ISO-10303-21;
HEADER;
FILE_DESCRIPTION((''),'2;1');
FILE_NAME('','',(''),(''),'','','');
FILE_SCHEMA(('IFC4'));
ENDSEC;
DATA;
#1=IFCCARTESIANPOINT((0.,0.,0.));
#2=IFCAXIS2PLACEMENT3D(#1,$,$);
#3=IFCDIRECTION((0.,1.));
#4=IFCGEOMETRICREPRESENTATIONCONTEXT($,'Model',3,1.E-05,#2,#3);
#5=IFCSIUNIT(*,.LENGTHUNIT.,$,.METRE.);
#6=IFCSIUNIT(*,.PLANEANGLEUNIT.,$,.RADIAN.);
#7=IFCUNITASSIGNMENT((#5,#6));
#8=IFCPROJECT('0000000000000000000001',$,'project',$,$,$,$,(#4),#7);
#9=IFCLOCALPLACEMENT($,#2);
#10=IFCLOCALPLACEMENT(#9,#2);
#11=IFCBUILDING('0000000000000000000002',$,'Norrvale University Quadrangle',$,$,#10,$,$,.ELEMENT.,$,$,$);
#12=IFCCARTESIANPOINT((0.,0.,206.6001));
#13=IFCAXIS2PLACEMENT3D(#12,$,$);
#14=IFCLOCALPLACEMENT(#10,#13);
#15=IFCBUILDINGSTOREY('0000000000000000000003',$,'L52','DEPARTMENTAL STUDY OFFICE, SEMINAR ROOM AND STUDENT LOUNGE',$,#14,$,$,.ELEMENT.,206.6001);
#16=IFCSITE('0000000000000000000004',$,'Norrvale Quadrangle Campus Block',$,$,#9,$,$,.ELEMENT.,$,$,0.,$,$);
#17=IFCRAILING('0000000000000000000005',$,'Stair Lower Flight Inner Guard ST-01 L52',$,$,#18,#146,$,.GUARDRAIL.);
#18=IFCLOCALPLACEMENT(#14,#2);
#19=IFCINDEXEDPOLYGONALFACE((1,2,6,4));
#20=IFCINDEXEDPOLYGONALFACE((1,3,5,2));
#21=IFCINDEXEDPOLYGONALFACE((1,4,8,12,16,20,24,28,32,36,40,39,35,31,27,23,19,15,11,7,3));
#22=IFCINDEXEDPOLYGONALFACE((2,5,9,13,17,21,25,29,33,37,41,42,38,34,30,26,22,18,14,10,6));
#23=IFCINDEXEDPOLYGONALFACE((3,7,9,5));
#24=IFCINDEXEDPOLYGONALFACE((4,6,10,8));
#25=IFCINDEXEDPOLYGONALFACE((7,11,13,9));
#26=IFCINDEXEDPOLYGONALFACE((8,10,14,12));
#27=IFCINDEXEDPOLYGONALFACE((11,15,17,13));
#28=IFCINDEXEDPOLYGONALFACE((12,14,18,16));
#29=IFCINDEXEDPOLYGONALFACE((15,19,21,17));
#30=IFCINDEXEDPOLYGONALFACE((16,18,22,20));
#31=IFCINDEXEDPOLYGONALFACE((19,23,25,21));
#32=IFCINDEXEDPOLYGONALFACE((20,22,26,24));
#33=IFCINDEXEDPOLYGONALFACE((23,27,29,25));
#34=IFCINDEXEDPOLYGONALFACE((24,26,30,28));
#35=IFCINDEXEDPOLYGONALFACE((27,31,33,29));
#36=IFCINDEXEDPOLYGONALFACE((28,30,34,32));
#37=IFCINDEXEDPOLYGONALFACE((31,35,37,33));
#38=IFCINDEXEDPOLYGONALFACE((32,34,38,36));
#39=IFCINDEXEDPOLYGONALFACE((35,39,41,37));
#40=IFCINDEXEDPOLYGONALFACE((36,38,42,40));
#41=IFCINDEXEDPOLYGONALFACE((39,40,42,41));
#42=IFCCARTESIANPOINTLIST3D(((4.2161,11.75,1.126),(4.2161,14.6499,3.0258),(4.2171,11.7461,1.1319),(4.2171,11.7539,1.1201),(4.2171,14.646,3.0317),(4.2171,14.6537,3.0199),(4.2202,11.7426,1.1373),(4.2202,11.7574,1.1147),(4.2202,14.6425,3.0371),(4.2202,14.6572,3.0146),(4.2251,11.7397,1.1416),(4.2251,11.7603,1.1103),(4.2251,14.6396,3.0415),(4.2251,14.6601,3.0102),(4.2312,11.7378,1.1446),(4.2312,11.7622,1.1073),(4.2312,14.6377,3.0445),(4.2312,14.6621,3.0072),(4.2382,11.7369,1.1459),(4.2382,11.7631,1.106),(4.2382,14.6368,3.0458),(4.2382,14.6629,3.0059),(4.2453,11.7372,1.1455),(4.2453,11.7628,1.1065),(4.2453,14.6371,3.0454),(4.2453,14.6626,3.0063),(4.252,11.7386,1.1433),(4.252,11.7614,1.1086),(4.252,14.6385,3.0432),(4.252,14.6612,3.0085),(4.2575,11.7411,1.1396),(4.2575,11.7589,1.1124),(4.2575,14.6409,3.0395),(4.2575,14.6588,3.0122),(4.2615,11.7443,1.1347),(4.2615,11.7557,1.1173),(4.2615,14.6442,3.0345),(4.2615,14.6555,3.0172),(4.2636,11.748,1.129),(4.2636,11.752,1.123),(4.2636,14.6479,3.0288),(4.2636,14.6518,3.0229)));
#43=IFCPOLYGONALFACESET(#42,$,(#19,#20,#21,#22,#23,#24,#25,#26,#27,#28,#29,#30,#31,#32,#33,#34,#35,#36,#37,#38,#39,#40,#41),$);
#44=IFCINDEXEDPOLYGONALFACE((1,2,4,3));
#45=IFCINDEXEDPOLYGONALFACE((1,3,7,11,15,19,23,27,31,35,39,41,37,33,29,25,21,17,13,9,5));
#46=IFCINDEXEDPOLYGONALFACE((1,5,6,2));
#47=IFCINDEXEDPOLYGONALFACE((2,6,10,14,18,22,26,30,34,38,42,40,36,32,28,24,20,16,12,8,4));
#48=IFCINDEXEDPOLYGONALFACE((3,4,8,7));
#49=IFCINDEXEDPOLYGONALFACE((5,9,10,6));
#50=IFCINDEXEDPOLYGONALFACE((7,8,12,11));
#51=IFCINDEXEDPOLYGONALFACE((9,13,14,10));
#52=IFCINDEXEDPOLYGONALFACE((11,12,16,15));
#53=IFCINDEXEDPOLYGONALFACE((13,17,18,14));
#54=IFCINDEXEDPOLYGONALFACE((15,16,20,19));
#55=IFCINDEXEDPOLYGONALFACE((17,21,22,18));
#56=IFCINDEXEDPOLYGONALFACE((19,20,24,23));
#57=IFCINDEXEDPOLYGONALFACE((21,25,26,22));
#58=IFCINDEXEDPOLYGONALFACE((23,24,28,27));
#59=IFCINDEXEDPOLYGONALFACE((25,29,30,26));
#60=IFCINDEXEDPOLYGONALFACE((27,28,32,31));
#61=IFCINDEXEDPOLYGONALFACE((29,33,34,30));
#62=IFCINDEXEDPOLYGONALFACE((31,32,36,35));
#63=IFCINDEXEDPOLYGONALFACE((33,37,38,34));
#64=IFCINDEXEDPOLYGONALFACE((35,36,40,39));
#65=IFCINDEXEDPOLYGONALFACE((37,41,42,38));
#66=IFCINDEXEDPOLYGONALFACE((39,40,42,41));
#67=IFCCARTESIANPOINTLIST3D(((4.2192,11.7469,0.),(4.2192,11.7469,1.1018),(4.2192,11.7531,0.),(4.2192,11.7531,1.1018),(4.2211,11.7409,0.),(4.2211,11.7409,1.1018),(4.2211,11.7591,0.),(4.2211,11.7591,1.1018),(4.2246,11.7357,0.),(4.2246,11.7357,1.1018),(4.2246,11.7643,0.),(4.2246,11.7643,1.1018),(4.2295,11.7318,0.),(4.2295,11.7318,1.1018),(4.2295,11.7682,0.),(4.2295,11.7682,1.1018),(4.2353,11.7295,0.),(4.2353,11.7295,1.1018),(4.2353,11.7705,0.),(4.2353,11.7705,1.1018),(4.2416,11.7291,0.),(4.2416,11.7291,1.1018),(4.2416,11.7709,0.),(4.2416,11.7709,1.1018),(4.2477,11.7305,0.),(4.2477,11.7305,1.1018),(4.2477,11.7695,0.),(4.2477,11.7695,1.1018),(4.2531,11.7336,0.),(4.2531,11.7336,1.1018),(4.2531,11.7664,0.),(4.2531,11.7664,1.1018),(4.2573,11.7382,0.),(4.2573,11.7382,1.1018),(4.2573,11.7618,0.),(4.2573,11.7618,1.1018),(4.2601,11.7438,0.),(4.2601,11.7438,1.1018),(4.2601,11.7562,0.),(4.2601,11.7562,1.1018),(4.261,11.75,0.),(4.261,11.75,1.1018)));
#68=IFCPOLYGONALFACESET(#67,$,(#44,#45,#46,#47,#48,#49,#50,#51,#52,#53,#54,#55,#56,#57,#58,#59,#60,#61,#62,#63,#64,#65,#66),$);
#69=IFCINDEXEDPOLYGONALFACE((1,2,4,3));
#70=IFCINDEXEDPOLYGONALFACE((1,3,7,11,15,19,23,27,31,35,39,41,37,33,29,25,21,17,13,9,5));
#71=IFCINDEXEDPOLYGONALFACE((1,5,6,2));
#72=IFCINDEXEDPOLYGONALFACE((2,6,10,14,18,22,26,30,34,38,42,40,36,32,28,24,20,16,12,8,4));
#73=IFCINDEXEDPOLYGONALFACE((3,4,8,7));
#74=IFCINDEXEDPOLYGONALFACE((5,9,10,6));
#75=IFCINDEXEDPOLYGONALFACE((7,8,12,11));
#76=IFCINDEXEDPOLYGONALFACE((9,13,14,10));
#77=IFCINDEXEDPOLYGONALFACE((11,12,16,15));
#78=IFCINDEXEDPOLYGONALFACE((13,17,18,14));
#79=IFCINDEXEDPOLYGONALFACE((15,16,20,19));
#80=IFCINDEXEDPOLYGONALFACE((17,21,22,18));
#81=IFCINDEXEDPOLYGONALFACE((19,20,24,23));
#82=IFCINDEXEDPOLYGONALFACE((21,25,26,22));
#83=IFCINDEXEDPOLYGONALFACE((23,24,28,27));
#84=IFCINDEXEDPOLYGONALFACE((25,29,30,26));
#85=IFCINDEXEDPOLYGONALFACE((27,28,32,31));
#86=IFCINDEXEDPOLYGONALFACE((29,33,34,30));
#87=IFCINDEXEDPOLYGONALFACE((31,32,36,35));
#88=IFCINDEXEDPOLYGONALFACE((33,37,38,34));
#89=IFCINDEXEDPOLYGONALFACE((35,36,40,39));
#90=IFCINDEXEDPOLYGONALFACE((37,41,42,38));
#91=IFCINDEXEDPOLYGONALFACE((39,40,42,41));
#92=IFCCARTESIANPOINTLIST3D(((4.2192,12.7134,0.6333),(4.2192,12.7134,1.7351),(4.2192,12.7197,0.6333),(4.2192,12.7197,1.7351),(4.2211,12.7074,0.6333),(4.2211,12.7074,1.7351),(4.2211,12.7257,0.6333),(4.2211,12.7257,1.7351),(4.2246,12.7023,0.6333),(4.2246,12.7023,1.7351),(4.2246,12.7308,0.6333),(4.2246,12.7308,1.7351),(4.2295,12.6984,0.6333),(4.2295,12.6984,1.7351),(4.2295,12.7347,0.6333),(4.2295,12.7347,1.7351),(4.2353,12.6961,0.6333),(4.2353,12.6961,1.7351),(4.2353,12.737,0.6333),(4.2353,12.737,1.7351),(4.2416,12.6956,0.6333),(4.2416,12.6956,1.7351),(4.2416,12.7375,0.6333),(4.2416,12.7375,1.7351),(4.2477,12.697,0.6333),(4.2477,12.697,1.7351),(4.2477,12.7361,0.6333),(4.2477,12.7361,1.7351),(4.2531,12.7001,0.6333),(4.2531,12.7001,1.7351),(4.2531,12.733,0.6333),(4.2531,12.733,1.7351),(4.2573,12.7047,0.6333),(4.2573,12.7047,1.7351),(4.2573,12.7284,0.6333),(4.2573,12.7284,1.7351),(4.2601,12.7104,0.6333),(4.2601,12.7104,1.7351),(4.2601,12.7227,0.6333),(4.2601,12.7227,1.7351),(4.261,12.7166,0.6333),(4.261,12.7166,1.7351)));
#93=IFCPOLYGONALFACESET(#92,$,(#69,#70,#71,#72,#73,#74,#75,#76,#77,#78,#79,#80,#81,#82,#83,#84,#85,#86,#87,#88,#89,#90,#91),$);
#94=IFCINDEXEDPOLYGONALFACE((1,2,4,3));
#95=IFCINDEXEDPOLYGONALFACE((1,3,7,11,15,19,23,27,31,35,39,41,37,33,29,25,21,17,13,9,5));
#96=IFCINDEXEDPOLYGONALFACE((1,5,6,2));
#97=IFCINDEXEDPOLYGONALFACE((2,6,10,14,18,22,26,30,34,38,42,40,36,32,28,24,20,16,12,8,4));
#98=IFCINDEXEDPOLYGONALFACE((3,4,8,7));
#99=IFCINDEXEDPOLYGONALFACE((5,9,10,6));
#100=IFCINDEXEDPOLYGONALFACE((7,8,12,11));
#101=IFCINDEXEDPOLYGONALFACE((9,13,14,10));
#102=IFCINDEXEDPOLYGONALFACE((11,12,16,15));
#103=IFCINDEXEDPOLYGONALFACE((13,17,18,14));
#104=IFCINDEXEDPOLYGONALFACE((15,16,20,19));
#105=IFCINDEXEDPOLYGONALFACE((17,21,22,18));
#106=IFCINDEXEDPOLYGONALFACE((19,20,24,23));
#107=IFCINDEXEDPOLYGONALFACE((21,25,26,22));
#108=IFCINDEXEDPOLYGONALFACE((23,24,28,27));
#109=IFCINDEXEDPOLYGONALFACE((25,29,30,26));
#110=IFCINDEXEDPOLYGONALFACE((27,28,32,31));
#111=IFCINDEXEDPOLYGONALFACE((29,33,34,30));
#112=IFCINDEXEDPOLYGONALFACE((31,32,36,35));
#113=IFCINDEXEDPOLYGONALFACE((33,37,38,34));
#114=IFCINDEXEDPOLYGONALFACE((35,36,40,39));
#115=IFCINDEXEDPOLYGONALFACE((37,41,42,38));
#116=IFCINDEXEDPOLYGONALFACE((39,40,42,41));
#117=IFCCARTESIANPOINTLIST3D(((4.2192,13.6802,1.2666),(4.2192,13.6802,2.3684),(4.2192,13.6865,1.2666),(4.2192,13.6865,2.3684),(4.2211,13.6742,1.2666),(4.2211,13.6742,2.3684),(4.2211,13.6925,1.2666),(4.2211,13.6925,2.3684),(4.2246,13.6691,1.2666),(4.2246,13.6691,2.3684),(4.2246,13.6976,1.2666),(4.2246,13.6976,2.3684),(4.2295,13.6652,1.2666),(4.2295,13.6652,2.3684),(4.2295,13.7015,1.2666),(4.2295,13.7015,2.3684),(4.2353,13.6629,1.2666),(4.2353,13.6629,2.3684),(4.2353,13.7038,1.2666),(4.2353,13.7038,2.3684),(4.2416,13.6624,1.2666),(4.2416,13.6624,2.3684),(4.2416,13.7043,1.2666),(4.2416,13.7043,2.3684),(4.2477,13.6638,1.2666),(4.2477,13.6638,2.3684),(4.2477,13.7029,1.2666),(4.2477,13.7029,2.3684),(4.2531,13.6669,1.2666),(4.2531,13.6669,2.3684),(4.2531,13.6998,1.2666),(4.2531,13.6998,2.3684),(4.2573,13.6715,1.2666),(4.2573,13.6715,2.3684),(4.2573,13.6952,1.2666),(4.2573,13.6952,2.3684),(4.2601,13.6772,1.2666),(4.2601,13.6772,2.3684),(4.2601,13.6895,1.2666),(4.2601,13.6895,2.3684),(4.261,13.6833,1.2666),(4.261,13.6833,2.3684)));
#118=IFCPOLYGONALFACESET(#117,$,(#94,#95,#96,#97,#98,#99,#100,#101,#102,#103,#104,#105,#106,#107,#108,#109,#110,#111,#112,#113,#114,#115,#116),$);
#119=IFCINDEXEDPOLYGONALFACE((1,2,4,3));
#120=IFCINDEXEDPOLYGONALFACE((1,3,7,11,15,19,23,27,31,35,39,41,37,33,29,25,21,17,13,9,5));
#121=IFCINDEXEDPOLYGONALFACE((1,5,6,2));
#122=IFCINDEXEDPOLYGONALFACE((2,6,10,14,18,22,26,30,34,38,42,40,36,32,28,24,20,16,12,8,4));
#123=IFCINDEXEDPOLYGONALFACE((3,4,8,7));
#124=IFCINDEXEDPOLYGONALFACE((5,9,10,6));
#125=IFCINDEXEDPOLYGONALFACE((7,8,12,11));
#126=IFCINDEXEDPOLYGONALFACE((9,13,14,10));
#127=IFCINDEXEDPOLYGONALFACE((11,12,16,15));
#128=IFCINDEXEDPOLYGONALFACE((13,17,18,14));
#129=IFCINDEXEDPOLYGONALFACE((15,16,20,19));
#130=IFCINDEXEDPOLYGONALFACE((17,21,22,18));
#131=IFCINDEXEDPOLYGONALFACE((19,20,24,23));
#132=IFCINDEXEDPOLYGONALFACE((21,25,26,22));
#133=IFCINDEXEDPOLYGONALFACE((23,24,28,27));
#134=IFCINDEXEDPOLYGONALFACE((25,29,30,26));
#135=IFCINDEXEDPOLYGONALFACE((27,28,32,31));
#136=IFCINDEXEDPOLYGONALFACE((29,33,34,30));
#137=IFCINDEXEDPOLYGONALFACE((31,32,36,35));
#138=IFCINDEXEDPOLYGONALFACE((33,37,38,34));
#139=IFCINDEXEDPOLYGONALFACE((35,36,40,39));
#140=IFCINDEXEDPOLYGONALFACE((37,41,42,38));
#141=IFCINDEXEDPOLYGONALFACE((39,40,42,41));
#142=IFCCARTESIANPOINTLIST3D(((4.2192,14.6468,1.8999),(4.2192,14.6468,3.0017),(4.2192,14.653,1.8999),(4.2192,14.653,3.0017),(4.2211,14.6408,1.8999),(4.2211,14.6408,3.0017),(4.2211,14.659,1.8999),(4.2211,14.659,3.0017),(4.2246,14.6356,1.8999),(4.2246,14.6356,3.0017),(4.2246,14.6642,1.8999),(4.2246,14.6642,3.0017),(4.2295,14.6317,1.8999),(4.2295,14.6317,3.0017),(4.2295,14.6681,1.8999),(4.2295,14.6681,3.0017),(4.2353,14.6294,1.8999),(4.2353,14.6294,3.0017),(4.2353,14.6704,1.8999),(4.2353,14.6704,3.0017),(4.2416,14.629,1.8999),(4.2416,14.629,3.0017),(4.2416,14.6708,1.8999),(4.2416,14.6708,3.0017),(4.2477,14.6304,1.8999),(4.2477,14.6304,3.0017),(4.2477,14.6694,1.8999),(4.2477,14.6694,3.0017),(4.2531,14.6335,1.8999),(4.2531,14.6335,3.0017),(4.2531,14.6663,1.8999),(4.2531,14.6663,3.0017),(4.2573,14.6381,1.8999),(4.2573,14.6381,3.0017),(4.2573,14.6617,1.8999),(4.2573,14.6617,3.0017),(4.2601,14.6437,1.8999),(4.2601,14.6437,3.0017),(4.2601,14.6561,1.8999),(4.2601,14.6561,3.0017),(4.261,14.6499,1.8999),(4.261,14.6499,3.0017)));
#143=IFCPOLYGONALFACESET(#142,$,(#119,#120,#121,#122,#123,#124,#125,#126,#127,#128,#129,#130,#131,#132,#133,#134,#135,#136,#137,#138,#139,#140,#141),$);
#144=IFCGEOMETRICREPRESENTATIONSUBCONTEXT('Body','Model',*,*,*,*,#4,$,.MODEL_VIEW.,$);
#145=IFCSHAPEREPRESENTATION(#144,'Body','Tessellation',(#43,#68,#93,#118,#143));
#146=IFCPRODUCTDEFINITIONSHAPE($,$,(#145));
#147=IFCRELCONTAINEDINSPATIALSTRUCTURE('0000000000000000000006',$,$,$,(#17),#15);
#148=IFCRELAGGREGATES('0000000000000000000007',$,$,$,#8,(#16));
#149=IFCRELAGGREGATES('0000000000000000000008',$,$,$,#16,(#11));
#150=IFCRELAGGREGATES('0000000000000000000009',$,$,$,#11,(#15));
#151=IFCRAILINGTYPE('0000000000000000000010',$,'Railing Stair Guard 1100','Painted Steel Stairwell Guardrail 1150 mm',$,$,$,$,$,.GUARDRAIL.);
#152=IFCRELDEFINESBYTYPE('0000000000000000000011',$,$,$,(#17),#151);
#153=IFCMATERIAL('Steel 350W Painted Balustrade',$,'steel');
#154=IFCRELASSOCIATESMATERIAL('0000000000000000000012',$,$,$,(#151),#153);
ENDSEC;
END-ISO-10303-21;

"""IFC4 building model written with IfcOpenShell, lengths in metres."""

from ifc_helpers import new_model, si_unit, direction, frame, origin, origin_2d, place, context, subcontext, project, spatial, circle, extrude, material, type_object, element, save


model = new_model("IFC4")

# Units and contexts
model_context = context("Model", 3, precision=1e-05, world=origin(), true_north=direction((0.0, 1.0)))
body_context = subcontext(model_context, "Body", "Model", "MODEL_VIEW")
ifc_project = project(units=[si_unit("LENGTHUNIT", "METRE"), si_unit("PLANEANGLEUNIT", "RADIAN")], contexts=[model_context])

# Site, building, storey
site_placement = place(None, origin())
site = spatial("IfcSite", under=ifc_project, at=site_placement, Name="Norrvale Quadrangle Campus Block", CompositionType="ELEMENT", RefElevation=0.0)
building_placement = place(site_placement, origin())
building = spatial("IfcBuilding", under=site, at=building_placement, Name="Norrvale University Quadrangle", CompositionType="ELEMENT")
storey_placement = place(building_placement, frame((0.0, 0.0, 206.6001)))
storey = spatial("IfcBuildingStorey", under=building, at=storey_placement, Name="L52", Description="DEPARTMENTAL STUDY OFFICE, SEMINAR ROOM AND STUDENT LOUNGE", CompositionType="ELEMENT", Elevation=206.6001)

# Railing
ifc_material_1 = material(Name="Steel 350W Painted Balustrade", Category="steel")
railing_type_1 = type_object("IfcRailingType", Name="Railing Stair Guard 1100", Description="Painted Steel Stairwell Guardrail 1150 mm", PredefinedType="GUARDRAIL", material=ifc_material_1)
railing_1_placement = place(storey_placement, frame((4.24, 11.75, 0.0)))
element("IfcRailing", 1, at=railing_1_placement, inside=storey, type_object=railing_type_1, Name="Stair Lower Flight Inner Guard ST-01 L52", PredefinedType="GUARDRAIL", context=body_context, shape_type="SweptSolid", body=[
    extrude(circle(Radius=0.0239, at=origin_2d()), frame((0.0, 0.0, 1.126), z_axis=(0.0, 0.836466, 0.548019), x_axis=(-1.0, 0.0, 0.0)), (0.0, 0.0, 1.0), 3.4668),
    extrude(circle(Radius=0.021, at=origin_2d()), origin(), (0.0, 0.0, 1.0), 1.1018),
    extrude(circle(Radius=0.021, at=origin_2d()), frame((0.0, 0.9666, 0.6333)), (0.0, 0.0, 1.0), 1.1018),
    extrude(circle(Radius=0.021, at=origin_2d()), frame((0.0, 1.9333, 1.2666)), (0.0, 0.0, 1.0), 1.1018),
    extrude(circle(Radius=0.021, at=origin_2d()), frame((0.0, 2.8999, 1.8999)), (0.0, 0.0, 1.0), 1.1018),
])

save(model, "model.ifc")
